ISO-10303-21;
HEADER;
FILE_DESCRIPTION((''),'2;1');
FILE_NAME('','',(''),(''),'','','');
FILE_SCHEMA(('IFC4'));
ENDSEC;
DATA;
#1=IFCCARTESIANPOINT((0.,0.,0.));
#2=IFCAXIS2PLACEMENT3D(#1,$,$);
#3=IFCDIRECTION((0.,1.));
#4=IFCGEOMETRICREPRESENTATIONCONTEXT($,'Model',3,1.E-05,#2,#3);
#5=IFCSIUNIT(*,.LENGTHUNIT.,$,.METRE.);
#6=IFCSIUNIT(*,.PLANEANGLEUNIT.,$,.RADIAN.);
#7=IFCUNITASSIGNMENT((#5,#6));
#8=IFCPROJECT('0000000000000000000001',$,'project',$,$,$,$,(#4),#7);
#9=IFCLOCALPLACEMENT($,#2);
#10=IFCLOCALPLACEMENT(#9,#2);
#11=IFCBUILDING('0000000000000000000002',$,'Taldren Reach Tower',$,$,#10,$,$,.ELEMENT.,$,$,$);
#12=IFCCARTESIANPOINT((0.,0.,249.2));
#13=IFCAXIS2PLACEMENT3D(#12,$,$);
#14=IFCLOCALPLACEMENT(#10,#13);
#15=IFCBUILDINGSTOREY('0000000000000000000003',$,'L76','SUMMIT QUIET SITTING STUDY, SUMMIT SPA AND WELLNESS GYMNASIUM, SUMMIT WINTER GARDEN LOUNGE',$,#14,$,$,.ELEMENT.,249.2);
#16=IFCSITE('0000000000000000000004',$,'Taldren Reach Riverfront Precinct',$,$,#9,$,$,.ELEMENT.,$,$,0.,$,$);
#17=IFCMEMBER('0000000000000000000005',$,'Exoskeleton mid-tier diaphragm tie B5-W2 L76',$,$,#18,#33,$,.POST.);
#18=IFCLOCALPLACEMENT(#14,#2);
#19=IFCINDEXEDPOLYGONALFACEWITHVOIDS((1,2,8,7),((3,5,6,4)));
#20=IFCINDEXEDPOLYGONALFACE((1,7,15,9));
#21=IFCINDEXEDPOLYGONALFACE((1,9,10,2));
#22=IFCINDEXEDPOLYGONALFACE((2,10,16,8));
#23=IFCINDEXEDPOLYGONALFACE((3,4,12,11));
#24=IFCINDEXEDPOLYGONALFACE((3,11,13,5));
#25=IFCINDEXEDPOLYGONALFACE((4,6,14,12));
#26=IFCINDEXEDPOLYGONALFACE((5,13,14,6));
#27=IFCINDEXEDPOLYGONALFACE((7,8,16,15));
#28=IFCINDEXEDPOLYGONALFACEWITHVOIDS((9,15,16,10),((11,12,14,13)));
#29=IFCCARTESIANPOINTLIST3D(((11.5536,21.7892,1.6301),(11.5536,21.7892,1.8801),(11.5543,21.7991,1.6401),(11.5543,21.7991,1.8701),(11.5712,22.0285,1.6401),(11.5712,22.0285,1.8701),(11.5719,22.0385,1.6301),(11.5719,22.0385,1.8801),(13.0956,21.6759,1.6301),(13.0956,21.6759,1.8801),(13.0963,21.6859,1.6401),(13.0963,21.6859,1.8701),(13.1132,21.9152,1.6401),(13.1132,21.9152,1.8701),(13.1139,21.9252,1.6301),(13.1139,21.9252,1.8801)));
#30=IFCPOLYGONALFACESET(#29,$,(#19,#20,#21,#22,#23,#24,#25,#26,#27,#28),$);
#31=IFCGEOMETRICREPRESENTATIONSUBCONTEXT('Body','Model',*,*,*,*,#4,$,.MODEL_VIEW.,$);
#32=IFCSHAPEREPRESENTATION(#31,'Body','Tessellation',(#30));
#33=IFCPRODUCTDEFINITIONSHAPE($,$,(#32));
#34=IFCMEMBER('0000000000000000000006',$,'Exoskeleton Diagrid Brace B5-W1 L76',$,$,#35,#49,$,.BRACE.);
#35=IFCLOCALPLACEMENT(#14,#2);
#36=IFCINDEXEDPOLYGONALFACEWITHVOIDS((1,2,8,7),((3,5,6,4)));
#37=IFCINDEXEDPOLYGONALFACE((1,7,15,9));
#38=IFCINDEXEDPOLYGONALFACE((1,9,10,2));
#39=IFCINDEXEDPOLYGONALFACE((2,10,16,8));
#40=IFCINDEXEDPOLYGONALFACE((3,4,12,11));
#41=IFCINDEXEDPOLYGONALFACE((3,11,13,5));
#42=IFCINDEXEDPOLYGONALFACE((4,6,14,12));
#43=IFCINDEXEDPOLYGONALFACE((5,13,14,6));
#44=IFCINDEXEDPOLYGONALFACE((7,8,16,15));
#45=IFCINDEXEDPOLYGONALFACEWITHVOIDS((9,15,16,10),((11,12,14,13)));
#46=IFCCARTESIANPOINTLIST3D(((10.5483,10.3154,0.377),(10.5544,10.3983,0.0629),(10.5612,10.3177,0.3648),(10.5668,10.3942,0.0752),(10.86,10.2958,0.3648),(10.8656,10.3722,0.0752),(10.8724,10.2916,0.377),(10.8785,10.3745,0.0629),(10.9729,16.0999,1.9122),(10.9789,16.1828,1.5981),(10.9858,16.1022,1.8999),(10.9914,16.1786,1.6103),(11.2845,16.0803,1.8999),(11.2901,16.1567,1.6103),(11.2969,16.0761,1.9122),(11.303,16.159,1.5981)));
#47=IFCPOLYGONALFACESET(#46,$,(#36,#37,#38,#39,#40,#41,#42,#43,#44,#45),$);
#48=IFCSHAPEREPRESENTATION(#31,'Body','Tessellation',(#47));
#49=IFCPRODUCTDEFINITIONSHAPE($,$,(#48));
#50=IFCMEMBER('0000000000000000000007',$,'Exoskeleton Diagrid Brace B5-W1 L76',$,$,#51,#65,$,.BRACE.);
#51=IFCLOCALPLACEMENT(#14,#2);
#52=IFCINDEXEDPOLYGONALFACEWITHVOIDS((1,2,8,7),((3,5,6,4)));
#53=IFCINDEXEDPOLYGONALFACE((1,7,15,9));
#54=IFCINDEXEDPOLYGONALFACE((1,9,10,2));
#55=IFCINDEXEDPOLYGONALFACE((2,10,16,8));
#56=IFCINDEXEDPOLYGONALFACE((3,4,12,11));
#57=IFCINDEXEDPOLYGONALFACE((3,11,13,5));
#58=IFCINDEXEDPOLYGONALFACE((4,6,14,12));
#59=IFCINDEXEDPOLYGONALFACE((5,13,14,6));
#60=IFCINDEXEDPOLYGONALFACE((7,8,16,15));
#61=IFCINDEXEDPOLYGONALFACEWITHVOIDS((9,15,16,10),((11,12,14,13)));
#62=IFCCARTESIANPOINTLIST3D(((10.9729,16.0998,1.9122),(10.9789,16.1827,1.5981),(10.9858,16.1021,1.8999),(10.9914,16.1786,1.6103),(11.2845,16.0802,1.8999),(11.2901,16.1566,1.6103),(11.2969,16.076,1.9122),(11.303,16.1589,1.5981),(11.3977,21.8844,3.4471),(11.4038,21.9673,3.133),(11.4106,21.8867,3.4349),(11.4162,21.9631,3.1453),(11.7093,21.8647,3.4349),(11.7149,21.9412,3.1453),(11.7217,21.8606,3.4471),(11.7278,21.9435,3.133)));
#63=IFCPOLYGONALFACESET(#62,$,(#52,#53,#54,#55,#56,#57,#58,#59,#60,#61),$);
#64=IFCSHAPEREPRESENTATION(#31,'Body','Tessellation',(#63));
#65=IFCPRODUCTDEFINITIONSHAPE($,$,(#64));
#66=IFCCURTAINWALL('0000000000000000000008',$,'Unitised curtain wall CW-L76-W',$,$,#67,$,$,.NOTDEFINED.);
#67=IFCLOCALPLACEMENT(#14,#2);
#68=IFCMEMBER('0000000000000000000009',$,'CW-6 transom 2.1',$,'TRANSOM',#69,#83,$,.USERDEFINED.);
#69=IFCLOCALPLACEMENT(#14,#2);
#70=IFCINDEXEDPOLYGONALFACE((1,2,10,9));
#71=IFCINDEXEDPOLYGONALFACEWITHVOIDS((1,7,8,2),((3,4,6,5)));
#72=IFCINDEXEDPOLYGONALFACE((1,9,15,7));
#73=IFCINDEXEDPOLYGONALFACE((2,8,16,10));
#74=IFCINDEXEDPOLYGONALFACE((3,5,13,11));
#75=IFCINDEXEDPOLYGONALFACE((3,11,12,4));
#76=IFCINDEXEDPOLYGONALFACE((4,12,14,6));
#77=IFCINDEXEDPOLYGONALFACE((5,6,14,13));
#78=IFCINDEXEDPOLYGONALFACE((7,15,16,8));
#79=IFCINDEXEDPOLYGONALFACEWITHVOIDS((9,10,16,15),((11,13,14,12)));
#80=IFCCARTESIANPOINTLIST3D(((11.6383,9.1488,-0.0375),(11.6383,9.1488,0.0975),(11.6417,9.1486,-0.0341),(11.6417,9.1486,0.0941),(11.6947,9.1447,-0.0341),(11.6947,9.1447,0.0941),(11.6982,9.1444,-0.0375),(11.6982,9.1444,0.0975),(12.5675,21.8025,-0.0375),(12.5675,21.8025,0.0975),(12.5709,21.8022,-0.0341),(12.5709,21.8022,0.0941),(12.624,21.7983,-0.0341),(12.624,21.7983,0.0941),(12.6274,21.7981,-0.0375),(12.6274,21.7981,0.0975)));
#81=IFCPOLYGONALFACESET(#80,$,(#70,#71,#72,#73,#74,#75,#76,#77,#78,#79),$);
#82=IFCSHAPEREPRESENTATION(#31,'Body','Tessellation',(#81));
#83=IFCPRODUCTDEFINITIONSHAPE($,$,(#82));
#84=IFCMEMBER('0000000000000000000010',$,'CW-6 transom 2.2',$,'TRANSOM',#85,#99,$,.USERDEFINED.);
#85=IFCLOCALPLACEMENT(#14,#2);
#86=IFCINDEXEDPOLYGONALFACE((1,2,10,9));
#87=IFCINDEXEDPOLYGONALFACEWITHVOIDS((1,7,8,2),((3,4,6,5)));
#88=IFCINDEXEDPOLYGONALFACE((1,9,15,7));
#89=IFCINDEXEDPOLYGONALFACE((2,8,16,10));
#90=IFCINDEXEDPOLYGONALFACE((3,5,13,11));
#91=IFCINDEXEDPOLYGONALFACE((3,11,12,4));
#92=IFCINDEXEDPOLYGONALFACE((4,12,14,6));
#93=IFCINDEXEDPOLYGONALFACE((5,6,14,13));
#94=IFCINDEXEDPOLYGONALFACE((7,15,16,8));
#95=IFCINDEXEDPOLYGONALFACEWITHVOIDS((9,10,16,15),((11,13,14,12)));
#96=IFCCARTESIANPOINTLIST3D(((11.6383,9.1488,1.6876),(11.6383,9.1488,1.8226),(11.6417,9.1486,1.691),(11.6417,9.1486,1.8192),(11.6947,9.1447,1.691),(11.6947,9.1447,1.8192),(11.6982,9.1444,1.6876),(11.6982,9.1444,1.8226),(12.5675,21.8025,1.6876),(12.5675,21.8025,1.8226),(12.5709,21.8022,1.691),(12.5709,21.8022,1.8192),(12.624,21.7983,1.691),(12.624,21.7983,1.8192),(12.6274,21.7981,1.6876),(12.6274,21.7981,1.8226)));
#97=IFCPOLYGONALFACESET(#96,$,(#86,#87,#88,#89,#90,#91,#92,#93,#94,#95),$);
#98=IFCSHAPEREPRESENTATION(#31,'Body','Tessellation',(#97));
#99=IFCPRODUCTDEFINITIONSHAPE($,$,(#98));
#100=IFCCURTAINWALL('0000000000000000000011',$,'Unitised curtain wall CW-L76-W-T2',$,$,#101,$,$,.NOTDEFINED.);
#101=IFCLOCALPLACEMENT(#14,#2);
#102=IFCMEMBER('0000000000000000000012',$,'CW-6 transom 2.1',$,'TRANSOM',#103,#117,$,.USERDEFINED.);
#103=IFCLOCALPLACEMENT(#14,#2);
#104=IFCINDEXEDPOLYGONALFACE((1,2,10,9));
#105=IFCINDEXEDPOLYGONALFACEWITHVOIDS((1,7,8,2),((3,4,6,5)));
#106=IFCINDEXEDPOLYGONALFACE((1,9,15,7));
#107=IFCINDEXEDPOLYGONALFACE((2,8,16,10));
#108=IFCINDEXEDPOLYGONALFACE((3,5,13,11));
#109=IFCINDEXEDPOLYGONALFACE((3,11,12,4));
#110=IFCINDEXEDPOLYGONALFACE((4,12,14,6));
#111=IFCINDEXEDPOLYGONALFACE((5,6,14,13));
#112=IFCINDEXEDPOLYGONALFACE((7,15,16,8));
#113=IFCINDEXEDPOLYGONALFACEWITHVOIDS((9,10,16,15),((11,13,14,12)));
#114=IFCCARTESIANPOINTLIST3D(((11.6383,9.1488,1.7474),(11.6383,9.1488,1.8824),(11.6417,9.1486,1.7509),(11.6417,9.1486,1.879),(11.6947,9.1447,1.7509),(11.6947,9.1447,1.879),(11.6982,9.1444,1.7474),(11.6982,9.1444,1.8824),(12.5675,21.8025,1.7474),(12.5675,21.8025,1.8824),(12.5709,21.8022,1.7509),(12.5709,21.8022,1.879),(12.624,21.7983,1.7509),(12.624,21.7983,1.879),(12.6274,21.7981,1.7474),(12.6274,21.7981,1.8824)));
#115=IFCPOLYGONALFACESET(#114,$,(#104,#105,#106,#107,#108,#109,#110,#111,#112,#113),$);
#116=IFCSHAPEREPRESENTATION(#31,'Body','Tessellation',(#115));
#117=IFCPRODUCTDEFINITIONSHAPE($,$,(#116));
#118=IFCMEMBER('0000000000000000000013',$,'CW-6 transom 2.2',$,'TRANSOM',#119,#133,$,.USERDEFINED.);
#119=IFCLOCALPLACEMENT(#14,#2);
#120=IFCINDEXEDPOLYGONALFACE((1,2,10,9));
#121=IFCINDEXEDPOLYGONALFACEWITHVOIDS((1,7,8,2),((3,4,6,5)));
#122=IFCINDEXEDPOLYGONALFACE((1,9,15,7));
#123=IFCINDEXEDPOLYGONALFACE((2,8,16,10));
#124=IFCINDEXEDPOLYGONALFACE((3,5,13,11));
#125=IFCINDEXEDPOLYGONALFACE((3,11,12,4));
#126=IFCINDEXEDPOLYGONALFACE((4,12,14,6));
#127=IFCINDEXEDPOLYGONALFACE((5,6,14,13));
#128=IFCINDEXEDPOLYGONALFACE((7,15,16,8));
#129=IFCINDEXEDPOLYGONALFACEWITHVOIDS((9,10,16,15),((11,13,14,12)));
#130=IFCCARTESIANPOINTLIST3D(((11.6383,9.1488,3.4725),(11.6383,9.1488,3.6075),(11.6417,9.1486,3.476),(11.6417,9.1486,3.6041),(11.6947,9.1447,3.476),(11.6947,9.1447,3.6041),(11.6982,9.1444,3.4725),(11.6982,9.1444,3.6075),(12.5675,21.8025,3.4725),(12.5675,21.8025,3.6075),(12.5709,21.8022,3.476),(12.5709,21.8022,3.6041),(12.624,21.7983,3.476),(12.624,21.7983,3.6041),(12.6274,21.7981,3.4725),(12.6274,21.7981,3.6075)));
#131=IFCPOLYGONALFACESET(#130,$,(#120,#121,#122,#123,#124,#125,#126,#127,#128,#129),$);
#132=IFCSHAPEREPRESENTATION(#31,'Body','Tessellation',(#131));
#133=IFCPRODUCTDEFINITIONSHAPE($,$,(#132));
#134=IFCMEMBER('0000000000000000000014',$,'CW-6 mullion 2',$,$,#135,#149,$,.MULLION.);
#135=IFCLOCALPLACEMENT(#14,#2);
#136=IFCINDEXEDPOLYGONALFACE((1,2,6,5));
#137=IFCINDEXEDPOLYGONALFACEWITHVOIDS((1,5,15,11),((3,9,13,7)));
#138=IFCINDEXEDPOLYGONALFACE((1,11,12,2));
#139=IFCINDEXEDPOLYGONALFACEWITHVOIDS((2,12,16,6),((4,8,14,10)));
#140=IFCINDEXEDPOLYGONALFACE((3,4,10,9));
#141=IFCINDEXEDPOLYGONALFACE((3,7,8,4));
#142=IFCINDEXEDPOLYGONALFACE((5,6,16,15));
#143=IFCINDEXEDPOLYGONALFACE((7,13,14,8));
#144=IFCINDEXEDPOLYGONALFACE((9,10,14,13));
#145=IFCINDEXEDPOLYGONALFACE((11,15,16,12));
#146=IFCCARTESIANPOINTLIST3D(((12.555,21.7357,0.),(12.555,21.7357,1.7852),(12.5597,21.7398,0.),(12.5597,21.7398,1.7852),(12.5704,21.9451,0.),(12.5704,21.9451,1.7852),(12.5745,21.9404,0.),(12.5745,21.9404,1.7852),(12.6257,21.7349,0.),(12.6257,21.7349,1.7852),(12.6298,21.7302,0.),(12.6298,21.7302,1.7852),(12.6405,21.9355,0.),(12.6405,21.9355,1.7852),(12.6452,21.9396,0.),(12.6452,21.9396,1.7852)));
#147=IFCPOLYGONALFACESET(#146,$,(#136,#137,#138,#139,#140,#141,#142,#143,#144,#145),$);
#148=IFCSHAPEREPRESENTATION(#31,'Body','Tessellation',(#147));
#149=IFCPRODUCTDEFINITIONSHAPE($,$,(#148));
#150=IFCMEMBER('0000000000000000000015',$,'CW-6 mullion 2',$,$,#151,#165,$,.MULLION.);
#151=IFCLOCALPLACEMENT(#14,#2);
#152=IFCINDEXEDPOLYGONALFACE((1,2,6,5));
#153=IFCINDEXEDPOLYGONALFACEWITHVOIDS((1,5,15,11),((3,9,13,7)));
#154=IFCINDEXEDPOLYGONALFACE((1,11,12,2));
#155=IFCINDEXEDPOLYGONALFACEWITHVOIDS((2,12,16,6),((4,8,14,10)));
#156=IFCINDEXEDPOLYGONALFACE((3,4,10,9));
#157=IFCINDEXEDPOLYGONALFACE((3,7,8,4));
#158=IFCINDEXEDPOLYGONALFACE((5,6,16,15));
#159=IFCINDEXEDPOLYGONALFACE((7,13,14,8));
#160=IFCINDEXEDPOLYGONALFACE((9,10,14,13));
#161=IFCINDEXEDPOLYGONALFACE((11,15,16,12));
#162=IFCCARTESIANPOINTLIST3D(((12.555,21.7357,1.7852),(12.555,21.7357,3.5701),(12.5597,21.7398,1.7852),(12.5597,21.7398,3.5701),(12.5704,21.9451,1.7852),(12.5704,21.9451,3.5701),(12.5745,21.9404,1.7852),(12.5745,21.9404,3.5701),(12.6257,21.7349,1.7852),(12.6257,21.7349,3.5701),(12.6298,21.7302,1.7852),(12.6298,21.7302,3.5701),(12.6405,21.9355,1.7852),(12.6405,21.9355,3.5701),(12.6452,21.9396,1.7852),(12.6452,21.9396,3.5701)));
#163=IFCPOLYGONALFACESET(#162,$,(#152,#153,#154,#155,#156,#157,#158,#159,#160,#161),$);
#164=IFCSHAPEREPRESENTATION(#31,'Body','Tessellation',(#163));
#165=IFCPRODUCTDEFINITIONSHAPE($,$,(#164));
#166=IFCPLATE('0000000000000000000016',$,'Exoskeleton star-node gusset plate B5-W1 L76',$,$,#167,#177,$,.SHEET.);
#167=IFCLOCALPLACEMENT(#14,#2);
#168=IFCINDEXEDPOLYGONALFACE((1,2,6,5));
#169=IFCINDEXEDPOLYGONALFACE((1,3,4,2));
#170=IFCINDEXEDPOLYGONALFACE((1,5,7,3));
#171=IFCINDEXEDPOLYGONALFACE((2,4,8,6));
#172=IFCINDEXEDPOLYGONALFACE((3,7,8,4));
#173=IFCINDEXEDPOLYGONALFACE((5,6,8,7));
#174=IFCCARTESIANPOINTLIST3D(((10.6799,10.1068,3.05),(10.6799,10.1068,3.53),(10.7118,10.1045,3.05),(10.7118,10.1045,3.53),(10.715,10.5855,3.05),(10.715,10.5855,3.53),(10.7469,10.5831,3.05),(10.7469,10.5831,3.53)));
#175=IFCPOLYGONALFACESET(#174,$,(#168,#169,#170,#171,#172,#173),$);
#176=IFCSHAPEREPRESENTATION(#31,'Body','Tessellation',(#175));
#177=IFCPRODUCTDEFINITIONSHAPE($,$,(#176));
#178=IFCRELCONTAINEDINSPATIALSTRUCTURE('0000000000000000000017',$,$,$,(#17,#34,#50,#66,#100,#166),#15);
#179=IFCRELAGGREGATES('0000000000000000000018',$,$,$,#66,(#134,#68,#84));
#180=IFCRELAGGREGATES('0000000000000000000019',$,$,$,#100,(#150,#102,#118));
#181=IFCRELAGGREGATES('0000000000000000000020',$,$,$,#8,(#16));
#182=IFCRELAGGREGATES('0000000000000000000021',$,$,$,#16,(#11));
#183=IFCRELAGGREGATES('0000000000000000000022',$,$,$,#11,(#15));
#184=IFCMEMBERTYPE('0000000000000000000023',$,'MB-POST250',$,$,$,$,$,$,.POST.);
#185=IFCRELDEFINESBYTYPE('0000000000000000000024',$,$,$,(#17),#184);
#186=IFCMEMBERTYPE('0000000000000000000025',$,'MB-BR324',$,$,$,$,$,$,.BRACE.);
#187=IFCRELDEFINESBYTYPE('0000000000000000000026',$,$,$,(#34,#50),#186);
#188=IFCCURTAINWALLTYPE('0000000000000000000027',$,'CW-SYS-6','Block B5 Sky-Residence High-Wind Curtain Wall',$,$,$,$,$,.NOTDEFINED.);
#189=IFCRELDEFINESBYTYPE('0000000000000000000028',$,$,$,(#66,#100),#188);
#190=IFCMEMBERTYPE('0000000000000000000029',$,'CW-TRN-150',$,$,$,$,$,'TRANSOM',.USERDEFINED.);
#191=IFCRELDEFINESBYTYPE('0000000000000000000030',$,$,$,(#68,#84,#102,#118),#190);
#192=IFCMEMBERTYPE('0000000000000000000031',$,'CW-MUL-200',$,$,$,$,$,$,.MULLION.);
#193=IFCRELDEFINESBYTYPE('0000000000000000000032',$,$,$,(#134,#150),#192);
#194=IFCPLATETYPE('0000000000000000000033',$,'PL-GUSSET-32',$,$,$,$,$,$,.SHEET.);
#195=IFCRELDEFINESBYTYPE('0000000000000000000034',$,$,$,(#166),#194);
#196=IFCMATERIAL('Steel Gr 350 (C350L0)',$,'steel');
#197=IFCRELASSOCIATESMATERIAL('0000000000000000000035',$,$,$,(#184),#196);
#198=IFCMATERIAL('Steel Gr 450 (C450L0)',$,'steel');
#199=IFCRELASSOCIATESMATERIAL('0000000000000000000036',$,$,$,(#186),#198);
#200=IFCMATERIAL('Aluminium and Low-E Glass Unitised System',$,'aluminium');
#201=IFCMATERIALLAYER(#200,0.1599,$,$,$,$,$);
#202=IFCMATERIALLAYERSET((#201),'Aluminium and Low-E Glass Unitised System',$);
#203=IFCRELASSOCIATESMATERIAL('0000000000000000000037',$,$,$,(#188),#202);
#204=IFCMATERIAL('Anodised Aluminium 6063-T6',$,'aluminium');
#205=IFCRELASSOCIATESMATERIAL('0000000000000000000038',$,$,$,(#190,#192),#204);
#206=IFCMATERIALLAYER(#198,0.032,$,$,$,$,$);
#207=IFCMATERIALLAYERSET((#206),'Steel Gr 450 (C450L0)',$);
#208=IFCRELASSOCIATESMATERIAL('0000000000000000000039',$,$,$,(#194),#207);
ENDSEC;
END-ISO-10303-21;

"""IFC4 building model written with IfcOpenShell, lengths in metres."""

from ifc_helpers import new_model, si_unit, direction, frame, origin, origin_2d, place, context, subcontext, project, spatial, rectangle, hollow_rectangle, extrude, source, transform, mapped, material, layer, layer_set, material_profile, profile_set, type_object, element, aggregate, save


model = new_model("IFC4")

# Units and contexts
model_context = context("Model", 3, precision=1e-05, world=origin(), true_north=direction((0.0, 1.0)))
body_context = subcontext(model_context, "Body", "Model", "MODEL_VIEW")
ifc_project = project(units=[si_unit("LENGTHUNIT", "METRE"), si_unit("PLANEANGLEUNIT", "RADIAN")], contexts=[model_context])

# Site, building, storey
site_placement = place(None, origin())
site = spatial("IfcSite", under=ifc_project, at=site_placement, Name="Taldren Reach Riverfront Precinct", CompositionType="ELEMENT", RefElevation=0.0)
building_placement = place(site_placement, origin())
building = spatial("IfcBuilding", under=site, at=building_placement, Name="Taldren Reach Tower", CompositionType="ELEMENT")
storey_placement = place(building_placement, frame((0.0, 0.0, 249.2)))
storey = spatial("IfcBuildingStorey", under=building, at=storey_placement, Name="L76", Description="SUMMIT QUIET SITTING STUDY, SUMMIT SPA AND WELLNESS GYMNASIUM, SUMMIT WINTER GARDEN LOUNGE", CompositionType="ELEMENT", Elevation=249.2)

# Members
ifc_material_1 = material(Name="Steel Gr 450 (C450L0)", Category="steel")
ifc_material_2 = material(Name="Steel Gr 350 (C350L0)", Category="steel")
ifc_material_profile_1 = material_profile(ifc_material_2, hollow_rectangle(XDim=0.25, YDim=0.25, WallThickness=0.01, at=origin_2d()), Name="250x250x10.0SHS")
ifc_profile_set_1 = profile_set([ifc_material_profile_1], Name="Steel Gr 350 (C350L0)")
member_type_1 = type_object("IfcMemberType", Name="MB-POST250", PredefinedType="POST", material=ifc_profile_set_1)
shared_shape_1 = source(origin(), body_context, "Body", "SweptSolid", [
    extrude(hollow_rectangle(XDim=0.25, YDim=0.25, WallThickness=0.01, at=origin_2d()), origin(), (0.0, 0.0, 1.0), 1.5461),
])
for number, where, z_axis, x_axis, name in (
    (1, (13.1047, 21.8005, 1.7551), (-0.997312, 0.073267, 0.0), (-0.073267, -0.997312, 0.0), "Exoskeleton mid-tier diaphragm tie B5-W2 L76"),
):
    element("IfcMember", number, at=place(storey_placement, frame(where, z_axis=z_axis, x_axis=x_axis)), inside=storey, type_object=member_type_1, Name=name, PredefinedType="POST", context=body_context, shape_type="MappedRepresentation", body=[
        mapped(shared_shape_1, transform((0.0, 0.0, 0.0), scale=1.0)),
    ])
ifc_material_profile_2 = material_profile(ifc_material_1, hollow_rectangle(XDim=0.325, YDim=0.325, WallThickness=0.0127, at=origin_2d()), Name="325x325x12.7SHS")
ifc_profile_set_2 = profile_set([ifc_material_profile_2], Name="Steel Gr 450 (C450L0)")
member_type_2 = type_object("IfcMemberType", Name="MB-BR324", PredefinedType="BRACE", material=ifc_profile_set_2)
shared_shape_2 = source(origin(), body_context, "Body", "SweptSolid", [
    extrude(hollow_rectangle(XDim=0.325, YDim=0.325, WallThickness=0.0127, at=origin_2d()), origin(), (0.0, 0.0, 1.0), 5.9998),
])
for number, where, z_axis, x_axis, name in (
    (2, (10.7134, 10.345, 0.22), (0.070764, 0.964117, 0.255872), (-0.997317, 0.0732, 0.0), "Exoskeleton Diagrid Brace B5-W1 L76"),
    (3, (11.1379, 16.1294, 1.7551), (0.070805, 0.964125, 0.255833), (-0.997314, 0.073242, 0.0), "Exoskeleton Diagrid Brace B5-W1 L76"),
):
    element("IfcMember", number, at=place(storey_placement, frame(where, z_axis=z_axis, x_axis=x_axis)), inside=storey, type_object=member_type_2, Name=name, PredefinedType="BRACE", context=body_context, shape_type="MappedRepresentation", body=[
        mapped(shared_shape_2, transform((0.0, 0.0, 0.0), scale=1.0)),
    ])

# Curtain walls, members
ifc_material_3 = material(Name="Aluminium and Low-E Glass Unitised System", Category="aluminium")
ifc_layer_1 = layer(ifc_material_3, 0.1599)
ifc_layer_set_1 = layer_set([ifc_layer_1], Name="Aluminium and Low-E Glass Unitised System")
curtain_wall_type = type_object("IfcCurtainWallType", Name="CW-SYS-6", Description="Block B5 Sky-Residence High-Wind Curtain Wall", PredefinedType="NOTDEFINED", material=ifc_layer_set_1)
curtain_wall_1_placement = place(storey_placement, origin())
curtain_wall_1 = element("IfcCurtainWall", 4, at=curtain_wall_1_placement, inside=storey, type_object=curtain_wall_type, Name="Unitised curtain wall CW-L76-W", PredefinedType="NOTDEFINED")
ifc_material_4 = material(Name="Anodised Aluminium 6063-T6", Category="aluminium")
ifc_material_profile_3 = material_profile(ifc_material_4, hollow_rectangle(XDim=0.0601, YDim=0.135, WallThickness=0.0034, at=origin_2d()), Name="ALU-135x60x3.5RHS")
ifc_profile_set_3 = profile_set([ifc_material_profile_3], Name="Anodised Aluminium 6063-T6")
member_type_3 = type_object("IfcMemberType", Name="CW-TRN-150", ElementType="TRANSOM", PredefinedType="USERDEFINED", material=ifc_profile_set_3)
shared_shape_3 = source(origin(), body_context, "Body", "SweptSolid", [
    extrude(hollow_rectangle(XDim=0.0601, YDim=0.135, WallThickness=0.0034, at=origin_2d()), origin(), (0.0, 0.0, 1.0), 12.6877),
])
member_1_placement = place(storey_placement, frame((12.5974, 21.8003, 0.03), z_axis=(-0.073237, -0.997315, 0.0), x_axis=(0.997315, -0.073237, 0.0)))
member_1 = element("IfcMember", 5, at=member_1_placement, type_object=member_type_3, Name="CW-6 transom 2.1", ObjectType="TRANSOM", PredefinedType="USERDEFINED", context=body_context, shape_type="MappedRepresentation", body=[
    mapped(shared_shape_3, transform((0.0, 0.0, 0.0), scale=1.0)),
])
member_2_placement = place(storey_placement, frame((12.5974, 21.8003, 1.7551), z_axis=(-0.073237, -0.997315, 0.0), x_axis=(0.997315, -0.073237, 0.0)))
member_2 = element("IfcMember", 6, at=member_2_placement, type_object=member_type_3, Name="CW-6 transom 2.2", ObjectType="TRANSOM", PredefinedType="USERDEFINED", context=body_context, shape_type="MappedRepresentation", body=[
    mapped(shared_shape_3, transform((0.0, 0.0, 0.0), scale=1.0)),
])
curtain_wall_2_placement = place(storey_placement, origin())
curtain_wall_2 = element("IfcCurtainWall", 7, at=curtain_wall_2_placement, inside=storey, type_object=curtain_wall_type, Name="Unitised curtain wall CW-L76-W-T2", PredefinedType="NOTDEFINED")
member_3_placement = place(storey_placement, frame((12.5974, 21.8003, 1.8149), z_axis=(-0.073237, -0.997315, 0.0), x_axis=(0.997315, -0.073237, 0.0)))
member_3 = element("IfcMember", 8, at=member_3_placement, type_object=member_type_3, Name="CW-6 transom 2.1", ObjectType="TRANSOM", PredefinedType="USERDEFINED", context=body_context, shape_type="MappedRepresentation", body=[
    mapped(shared_shape_3, transform((0.0, 0.0, 0.0), scale=1.0)),
])
member_4_placement = place(storey_placement, frame((12.5974, 21.8003, 3.54), z_axis=(-0.073237, -0.997315, 0.0), x_axis=(0.997315, -0.073237, 0.0)))
member_4 = element("IfcMember", 9, at=member_4_placement, type_object=member_type_3, Name="CW-6 transom 2.2", ObjectType="TRANSOM", PredefinedType="USERDEFINED", context=body_context, shape_type="MappedRepresentation", body=[
    mapped(shared_shape_3, transform((0.0, 0.0, 0.0), scale=1.0)),
])

# Members
ifc_material_profile_4 = material_profile(ifc_material_4, hollow_rectangle(XDim=0.075, YDim=0.21, WallThickness=0.0044, at=origin_2d()), Name="ALU-210x75x4.5RHS")
ifc_profile_set_4 = profile_set([ifc_material_profile_4], Name="Anodised Aluminium 6063-T6")
member_type_4 = type_object("IfcMemberType", Name="CW-MUL-200", PredefinedType="MULLION", material=ifc_profile_set_4)
shared_shape_4 = source(origin(), body_context, "Body", "SweptSolid", [
    extrude(hollow_rectangle(XDim=0.075, YDim=0.21, WallThickness=0.0044, at=origin_2d()), origin(), (0.0, 0.0, 1.0), 1.7852),
])
member_5_placement = place(storey_placement, frame((12.6001, 21.8376, 0.0), z_axis=(0.0, 0.0, 1.0), x_axis=(0.997314, -0.073238, 0.0)))
member_5 = element("IfcMember", 10, at=member_5_placement, type_object=member_type_4, Name="CW-6 mullion 2", PredefinedType="MULLION", context=body_context, shape_type="MappedRepresentation", body=[
    mapped(shared_shape_4, transform((0.0, 0.0, 0.0), scale=1.0)),
])
shared_shape_5 = source(origin(), body_context, "Body", "SweptSolid", [
    extrude(hollow_rectangle(XDim=0.075, YDim=0.21, WallThickness=0.0044, at=origin_2d()), origin(), (0.0, 0.0, 1.0), 1.7849),
])
member_6_placement = place(storey_placement, frame((12.6001, 21.8376, 1.7852), z_axis=(0.0, 0.0, 1.0), x_axis=(0.997314, -0.073238, 0.0)))
member_6 = element("IfcMember", 11, at=member_6_placement, type_object=member_type_4, Name="CW-6 mullion 2", PredefinedType="MULLION", context=body_context, shape_type="MappedRepresentation", body=[
    mapped(shared_shape_5, transform((0.0, 0.0, 0.0), scale=1.0)),
])

# Plate
ifc_layer_2 = layer(ifc_material_1, 0.032)
ifc_layer_set_2 = layer_set([ifc_layer_2], Name="Steel Gr 450 (C450L0)")
plate_type_1 = type_object("IfcPlateType", Name="PL-GUSSET-32", PredefinedType="SHEET", material=ifc_layer_set_2)
shared_shape_6 = source(origin(), body_context, "Body", "SweptSolid", [
    extrude(rectangle(XDim=0.48, YDim=0.032, at=origin_2d()), origin(), (0.0, 0.0, 1.0), 0.48),
])
for number, where, z_axis, x_axis, name in (
    (12, (10.7134, 10.345, 3.05), (0.0, 0.0, 1.0), (0.073238, 0.997314, 0.0), "Exoskeleton star-node gusset plate B5-W1 L76"),
):
    element("IfcPlate", number, at=place(storey_placement, frame(where, z_axis=z_axis, x_axis=x_axis)), inside=storey, type_object=plate_type_1, Name=name, PredefinedType="SHEET", context=body_context, shape_type="MappedRepresentation", body=[
        mapped(shared_shape_6, transform((0.0, 0.0, 0.0), scale=1.0)),
    ])

aggregate(curtain_wall_1, [member_5, member_1, member_2])
aggregate(curtain_wall_2, [member_6, member_3, member_4])

save(model, "model.ifc")
